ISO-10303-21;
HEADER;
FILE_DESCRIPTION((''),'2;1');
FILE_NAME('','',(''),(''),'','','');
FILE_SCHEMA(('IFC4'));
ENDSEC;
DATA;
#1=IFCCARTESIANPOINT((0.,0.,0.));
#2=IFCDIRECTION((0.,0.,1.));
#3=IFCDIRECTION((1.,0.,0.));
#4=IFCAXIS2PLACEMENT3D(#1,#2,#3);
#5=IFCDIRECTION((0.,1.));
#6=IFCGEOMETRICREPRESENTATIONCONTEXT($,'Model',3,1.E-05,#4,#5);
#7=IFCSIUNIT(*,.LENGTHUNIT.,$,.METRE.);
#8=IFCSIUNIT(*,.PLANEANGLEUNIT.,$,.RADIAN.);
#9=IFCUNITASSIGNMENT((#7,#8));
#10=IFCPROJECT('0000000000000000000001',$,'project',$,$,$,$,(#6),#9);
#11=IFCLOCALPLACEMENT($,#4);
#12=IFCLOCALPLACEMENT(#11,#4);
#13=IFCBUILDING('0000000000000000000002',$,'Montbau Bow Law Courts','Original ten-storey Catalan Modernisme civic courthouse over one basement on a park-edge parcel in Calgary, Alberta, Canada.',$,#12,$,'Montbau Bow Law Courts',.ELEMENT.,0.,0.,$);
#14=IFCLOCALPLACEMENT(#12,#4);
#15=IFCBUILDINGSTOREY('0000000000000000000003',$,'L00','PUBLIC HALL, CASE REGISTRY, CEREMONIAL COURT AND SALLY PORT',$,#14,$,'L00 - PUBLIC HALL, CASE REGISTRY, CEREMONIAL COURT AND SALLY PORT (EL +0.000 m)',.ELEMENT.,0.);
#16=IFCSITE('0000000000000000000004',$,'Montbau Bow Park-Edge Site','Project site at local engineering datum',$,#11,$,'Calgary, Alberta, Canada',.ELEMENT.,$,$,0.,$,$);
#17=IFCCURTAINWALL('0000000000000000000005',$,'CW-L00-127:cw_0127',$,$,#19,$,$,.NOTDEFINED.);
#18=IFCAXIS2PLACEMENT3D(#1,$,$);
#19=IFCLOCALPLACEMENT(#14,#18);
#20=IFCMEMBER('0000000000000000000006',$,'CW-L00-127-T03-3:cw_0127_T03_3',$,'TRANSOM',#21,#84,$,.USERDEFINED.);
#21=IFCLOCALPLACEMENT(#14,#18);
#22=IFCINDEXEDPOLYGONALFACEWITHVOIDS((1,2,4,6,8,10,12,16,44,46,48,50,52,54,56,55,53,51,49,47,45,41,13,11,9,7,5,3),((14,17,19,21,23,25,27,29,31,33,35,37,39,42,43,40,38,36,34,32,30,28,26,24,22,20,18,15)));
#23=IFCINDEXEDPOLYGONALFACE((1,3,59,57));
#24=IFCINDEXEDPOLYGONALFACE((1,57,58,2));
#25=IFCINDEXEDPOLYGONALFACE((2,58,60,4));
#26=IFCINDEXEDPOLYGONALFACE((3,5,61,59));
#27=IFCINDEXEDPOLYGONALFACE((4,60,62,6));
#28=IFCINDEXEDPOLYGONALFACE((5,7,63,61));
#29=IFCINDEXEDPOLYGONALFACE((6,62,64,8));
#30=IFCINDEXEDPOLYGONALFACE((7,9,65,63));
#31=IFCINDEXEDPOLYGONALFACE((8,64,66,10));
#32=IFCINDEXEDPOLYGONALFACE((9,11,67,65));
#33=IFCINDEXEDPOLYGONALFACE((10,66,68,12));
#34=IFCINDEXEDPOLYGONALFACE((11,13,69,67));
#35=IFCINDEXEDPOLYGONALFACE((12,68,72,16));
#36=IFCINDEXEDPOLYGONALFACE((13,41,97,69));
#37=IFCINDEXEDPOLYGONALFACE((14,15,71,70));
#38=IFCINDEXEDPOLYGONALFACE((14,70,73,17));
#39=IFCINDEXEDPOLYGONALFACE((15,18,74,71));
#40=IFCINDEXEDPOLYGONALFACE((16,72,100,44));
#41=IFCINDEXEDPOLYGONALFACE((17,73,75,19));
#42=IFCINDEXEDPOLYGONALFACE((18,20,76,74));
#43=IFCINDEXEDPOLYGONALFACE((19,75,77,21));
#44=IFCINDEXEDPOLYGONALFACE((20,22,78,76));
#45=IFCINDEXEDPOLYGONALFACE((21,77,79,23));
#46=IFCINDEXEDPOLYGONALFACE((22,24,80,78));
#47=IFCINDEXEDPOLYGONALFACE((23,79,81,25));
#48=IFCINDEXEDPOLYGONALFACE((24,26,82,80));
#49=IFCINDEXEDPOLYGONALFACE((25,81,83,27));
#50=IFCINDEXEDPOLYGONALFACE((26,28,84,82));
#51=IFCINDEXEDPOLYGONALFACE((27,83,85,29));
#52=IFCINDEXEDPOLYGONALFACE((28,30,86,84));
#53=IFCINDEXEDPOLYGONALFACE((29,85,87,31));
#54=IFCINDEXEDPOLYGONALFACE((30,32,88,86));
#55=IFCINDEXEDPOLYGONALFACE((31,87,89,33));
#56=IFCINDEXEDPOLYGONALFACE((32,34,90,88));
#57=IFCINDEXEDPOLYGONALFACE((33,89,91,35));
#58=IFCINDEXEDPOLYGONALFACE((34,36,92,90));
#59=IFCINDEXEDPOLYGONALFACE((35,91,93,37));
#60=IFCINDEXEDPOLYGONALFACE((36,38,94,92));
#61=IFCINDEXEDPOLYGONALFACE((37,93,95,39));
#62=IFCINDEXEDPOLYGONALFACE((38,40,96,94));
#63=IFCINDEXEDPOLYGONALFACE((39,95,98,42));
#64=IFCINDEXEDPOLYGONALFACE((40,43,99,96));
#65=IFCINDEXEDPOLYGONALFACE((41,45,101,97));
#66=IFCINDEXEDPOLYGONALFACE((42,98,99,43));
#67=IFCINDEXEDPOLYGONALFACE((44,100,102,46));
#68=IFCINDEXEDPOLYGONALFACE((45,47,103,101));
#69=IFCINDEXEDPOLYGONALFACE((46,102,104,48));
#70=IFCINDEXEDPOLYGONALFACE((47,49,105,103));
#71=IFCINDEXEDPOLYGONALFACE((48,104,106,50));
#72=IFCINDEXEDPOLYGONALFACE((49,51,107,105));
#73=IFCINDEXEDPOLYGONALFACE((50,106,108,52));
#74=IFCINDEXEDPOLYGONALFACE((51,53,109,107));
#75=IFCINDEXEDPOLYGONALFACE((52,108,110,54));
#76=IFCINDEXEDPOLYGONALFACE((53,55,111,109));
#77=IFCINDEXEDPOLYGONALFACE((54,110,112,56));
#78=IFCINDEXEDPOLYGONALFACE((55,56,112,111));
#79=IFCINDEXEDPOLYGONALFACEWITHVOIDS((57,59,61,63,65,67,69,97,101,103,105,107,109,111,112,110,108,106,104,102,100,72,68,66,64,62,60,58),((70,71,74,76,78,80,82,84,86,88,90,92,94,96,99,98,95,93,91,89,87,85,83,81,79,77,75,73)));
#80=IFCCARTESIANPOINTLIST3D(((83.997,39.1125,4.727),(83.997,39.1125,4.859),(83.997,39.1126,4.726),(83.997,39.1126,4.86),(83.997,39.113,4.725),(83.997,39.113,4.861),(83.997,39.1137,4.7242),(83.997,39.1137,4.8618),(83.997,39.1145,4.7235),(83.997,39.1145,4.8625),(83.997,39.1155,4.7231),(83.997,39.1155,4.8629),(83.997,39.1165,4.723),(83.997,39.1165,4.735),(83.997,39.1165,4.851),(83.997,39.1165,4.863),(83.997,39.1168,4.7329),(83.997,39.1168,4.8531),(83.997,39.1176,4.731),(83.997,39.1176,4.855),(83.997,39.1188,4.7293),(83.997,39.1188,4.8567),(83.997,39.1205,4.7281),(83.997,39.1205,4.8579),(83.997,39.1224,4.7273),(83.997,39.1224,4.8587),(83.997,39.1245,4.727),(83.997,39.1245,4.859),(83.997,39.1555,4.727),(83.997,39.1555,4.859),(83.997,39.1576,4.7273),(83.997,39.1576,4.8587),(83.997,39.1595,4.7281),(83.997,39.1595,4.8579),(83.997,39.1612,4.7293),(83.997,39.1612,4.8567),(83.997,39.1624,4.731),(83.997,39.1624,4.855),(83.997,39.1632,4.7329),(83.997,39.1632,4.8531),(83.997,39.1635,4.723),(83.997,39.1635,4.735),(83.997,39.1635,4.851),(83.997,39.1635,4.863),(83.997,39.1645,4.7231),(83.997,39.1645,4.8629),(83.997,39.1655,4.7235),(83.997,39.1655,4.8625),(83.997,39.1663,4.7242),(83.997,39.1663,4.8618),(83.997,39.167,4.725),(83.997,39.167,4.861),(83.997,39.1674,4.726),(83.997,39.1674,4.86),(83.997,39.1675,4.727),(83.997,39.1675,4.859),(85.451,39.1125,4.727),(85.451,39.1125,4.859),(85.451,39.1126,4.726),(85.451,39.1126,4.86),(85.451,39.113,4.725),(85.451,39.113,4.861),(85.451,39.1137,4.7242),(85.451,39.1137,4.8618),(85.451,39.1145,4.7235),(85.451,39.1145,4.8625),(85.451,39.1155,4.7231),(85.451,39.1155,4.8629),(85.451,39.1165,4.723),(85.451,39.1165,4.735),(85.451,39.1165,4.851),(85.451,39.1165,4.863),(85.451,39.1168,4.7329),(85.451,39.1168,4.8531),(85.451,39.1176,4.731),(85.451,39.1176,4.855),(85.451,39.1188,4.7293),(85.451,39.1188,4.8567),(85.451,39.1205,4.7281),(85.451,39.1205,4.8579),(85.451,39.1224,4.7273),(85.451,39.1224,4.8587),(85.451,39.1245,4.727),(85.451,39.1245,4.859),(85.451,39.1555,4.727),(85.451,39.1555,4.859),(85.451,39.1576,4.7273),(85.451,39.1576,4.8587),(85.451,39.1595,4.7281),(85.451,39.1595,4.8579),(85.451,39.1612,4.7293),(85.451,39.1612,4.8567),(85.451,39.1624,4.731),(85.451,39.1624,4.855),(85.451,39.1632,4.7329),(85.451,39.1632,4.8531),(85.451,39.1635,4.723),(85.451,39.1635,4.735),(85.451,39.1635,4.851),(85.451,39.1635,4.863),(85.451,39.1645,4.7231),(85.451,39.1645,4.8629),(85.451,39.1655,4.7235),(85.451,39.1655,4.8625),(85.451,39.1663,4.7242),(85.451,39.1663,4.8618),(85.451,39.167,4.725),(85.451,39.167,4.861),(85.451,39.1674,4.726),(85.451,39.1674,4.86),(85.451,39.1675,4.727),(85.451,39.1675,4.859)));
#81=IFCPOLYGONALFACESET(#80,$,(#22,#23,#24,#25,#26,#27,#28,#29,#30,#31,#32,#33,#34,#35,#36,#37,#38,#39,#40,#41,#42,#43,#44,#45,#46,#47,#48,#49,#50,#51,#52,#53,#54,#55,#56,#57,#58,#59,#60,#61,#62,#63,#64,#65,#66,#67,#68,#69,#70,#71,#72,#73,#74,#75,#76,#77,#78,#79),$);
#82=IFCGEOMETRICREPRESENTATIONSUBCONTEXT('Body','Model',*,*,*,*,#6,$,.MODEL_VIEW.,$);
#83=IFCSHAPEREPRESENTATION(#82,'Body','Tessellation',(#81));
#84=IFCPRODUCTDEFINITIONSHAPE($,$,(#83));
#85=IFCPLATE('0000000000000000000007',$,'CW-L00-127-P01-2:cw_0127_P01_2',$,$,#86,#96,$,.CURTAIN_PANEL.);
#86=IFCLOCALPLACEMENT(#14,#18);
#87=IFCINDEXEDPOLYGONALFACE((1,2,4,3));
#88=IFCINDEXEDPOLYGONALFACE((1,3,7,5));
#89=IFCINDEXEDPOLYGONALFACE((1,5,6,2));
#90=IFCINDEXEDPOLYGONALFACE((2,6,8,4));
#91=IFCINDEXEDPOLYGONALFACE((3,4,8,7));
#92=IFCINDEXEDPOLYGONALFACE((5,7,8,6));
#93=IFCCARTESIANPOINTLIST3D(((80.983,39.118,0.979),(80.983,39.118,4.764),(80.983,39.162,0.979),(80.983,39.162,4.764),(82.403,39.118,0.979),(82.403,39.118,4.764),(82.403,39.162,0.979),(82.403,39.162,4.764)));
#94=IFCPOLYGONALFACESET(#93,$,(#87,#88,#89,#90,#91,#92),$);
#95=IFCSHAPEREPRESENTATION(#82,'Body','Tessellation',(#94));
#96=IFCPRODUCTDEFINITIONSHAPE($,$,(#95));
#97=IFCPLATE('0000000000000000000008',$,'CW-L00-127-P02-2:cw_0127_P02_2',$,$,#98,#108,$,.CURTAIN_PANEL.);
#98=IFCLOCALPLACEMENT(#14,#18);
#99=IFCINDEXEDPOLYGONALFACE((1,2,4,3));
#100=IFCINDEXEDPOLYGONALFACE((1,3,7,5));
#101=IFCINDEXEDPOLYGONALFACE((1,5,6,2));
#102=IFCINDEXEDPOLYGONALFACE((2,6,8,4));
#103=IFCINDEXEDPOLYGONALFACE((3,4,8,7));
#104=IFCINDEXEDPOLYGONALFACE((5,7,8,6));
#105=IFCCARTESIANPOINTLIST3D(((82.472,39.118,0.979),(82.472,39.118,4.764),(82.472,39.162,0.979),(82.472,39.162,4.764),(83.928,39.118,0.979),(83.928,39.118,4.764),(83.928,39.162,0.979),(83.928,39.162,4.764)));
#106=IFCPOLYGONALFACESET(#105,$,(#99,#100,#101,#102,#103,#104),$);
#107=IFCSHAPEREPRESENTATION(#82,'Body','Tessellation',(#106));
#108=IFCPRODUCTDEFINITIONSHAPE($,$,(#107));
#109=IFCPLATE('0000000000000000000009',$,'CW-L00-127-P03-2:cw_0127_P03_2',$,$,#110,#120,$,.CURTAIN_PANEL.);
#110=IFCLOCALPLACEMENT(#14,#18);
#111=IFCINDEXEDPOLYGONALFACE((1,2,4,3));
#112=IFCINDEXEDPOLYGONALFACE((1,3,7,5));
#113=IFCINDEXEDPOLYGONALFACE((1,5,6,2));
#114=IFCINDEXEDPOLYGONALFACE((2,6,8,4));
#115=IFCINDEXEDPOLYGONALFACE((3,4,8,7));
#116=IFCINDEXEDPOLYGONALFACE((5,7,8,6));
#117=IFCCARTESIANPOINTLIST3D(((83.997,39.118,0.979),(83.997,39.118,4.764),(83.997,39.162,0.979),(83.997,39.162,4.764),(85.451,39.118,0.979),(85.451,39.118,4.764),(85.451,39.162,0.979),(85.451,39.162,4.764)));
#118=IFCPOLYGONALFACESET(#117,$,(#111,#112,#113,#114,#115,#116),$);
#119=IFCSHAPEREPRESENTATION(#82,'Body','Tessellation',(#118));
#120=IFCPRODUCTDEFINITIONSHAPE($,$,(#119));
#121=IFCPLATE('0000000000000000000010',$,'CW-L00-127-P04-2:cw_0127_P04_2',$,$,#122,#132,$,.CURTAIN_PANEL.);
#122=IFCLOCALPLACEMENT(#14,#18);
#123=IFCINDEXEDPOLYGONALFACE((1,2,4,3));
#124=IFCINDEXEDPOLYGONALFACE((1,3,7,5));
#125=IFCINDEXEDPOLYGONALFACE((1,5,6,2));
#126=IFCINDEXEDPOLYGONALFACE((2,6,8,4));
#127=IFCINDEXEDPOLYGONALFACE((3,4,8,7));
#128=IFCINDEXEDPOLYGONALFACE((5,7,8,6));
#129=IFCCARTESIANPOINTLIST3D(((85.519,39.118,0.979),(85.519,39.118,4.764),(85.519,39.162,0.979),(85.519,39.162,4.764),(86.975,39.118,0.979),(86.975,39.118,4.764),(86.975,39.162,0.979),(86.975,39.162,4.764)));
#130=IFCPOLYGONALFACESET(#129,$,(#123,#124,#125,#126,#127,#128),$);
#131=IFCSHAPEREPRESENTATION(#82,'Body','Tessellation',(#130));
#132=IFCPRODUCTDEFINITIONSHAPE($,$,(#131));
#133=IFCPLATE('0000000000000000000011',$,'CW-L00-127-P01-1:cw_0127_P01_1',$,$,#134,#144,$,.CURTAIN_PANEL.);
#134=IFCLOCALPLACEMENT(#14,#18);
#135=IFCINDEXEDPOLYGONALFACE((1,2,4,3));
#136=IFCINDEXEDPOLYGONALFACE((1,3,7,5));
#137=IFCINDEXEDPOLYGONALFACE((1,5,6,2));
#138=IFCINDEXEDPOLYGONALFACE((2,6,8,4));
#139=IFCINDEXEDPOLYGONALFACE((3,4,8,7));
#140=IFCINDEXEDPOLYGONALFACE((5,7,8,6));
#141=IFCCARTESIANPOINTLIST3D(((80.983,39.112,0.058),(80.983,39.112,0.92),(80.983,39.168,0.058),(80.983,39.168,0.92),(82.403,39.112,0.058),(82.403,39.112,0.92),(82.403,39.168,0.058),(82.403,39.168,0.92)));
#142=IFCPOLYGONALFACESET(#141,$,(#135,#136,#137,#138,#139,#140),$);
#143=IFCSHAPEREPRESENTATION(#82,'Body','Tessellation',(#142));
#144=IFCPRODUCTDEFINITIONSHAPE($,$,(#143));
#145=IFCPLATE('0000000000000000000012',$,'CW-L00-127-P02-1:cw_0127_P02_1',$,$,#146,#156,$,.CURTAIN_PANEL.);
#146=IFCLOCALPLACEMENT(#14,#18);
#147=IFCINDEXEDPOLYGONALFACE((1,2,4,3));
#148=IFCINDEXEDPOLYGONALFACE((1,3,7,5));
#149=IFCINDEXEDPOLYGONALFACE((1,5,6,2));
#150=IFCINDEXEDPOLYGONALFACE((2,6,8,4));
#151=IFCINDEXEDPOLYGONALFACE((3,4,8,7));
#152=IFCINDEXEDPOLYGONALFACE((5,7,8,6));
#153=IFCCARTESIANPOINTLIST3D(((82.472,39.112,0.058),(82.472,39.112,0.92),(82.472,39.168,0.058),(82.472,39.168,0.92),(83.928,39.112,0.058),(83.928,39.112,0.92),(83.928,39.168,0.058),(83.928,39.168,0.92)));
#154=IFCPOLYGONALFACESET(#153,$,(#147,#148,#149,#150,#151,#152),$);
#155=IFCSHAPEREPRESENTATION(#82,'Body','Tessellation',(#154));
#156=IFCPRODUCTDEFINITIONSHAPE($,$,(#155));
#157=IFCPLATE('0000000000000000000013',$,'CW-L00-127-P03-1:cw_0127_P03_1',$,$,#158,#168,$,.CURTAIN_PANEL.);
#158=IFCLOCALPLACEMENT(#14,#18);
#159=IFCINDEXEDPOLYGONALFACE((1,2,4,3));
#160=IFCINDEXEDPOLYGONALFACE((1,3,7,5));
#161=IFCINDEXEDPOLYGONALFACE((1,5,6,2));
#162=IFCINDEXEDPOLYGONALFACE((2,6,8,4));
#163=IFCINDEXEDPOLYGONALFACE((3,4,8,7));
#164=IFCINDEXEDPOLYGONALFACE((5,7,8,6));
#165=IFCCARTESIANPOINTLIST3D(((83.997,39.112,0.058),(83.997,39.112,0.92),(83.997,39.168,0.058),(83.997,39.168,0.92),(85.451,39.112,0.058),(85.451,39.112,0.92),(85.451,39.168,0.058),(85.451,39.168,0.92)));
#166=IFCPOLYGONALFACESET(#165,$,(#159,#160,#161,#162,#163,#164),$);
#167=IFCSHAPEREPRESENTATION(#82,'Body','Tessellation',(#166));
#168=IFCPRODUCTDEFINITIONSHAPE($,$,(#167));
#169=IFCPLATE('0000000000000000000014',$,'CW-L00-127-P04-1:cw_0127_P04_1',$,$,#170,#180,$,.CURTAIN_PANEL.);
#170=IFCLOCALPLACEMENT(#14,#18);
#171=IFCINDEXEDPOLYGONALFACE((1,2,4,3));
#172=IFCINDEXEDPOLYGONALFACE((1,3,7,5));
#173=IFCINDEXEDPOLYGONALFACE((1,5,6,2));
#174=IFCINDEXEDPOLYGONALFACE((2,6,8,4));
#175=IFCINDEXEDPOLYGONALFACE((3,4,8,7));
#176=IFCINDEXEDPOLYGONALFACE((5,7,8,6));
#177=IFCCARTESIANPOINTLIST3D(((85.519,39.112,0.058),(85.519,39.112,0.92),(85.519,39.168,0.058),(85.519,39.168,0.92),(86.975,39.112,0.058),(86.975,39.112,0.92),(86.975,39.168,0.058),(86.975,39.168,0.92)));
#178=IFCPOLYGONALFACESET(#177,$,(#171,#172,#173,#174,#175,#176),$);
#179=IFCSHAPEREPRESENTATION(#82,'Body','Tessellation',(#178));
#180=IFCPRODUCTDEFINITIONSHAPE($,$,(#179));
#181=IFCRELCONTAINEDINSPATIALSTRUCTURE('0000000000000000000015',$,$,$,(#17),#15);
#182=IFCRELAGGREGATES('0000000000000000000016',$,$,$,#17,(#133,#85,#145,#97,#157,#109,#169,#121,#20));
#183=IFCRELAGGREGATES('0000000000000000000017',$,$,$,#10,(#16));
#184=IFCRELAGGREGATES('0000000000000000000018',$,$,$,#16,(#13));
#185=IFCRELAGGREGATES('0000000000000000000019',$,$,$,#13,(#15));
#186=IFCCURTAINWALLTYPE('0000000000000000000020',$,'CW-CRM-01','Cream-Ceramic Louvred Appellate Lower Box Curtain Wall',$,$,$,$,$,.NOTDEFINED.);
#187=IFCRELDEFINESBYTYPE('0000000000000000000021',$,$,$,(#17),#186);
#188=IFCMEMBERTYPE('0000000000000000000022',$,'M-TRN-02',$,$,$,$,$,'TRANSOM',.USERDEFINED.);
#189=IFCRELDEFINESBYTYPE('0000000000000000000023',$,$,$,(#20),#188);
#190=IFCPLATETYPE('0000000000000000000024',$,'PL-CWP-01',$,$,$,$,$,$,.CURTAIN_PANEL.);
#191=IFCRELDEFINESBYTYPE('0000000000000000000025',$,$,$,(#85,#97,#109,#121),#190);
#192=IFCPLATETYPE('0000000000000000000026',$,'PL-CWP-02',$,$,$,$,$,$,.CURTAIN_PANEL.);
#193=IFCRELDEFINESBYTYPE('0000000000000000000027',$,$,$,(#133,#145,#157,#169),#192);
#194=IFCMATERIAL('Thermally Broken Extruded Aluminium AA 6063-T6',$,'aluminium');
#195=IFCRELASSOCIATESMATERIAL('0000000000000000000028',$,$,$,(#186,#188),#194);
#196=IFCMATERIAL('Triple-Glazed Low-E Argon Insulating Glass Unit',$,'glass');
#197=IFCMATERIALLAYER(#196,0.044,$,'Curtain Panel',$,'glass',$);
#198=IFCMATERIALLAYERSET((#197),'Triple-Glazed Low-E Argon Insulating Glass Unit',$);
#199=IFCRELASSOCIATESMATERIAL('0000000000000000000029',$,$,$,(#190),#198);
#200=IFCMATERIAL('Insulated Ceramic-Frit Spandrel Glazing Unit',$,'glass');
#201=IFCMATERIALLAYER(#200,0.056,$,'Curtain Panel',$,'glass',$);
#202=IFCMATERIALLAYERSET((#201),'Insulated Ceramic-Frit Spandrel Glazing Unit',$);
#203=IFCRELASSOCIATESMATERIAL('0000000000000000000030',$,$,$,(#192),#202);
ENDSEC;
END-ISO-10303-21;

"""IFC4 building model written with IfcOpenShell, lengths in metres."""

from ifc_helpers import new_model, si_unit, direction, frame, frame_2d, origin_with_axes, origin_2d_with_axis, place, context, subcontext, project, spatial, rectangle, hollow_rectangle, extrude, material, layer, layer_set, material_profile, profile_set, type_object, element, aggregate, save


model = new_model("IFC4")

# Units and contexts
model_context = context("Model", 3, precision=1e-05, world=origin_with_axes(), true_north=direction((0.0, 1.0)))
body_context = subcontext(model_context, "Body", "Model", "MODEL_VIEW")
ifc_project = project(units=[si_unit("LENGTHUNIT", "METRE"), si_unit("PLANEANGLEUNIT", "RADIAN")], contexts=[model_context])

# Site, building, storey
site_placement = place(None, origin_with_axes())
site = spatial("IfcSite", under=ifc_project, at=site_placement, Name="Montbau Bow Park-Edge Site", Description="Project site at local engineering datum", LongName="Calgary, Alberta, Canada", CompositionType="ELEMENT", RefElevation=0.0)
building_placement = place(site_placement, origin_with_axes())
building = spatial("IfcBuilding", under=site, at=building_placement, Name="Montbau Bow Law Courts", Description="Original ten-storey Catalan Modernisme civic courthouse over one basement on a park-edge parcel in Calgary, Alberta, Canada.", LongName="Montbau Bow Law Courts", CompositionType="ELEMENT", ElevationOfRefHeight=0.0, ElevationOfTerrain=0.0)
storey_placement = place(building_placement, origin_with_axes())
storey = spatial("IfcBuildingStorey", under=building, at=storey_placement, Name="L00", Description="PUBLIC HALL, CASE REGISTRY, CEREMONIAL COURT AND SALLY PORT", LongName="L00 - PUBLIC HALL, CASE REGISTRY, CEREMONIAL COURT AND SALLY PORT (EL +0.000 m)", CompositionType="ELEMENT", Elevation=0.0)

# Curtain wall, member, plates
ifc_material_1 = material(Name="Thermally Broken Extruded Aluminium AA 6063-T6", Category="aluminium")
curtain_wall_type = type_object("IfcCurtainWallType", Name="CW-CRM-01", Description="Cream-Ceramic Louvred Appellate Lower Box Curtain Wall", PredefinedType="NOTDEFINED", material=ifc_material_1)
curtain_wall_placement = place(None, frame((80.915, 39.14, 0.0), z_axis=(0.0, 0.0, 1.0), x_axis=(1.0, 0.0, 0.0)))
curtain_wall = element("IfcCurtainWall", 1, at=curtain_wall_placement, inside=storey, type_object=curtain_wall_type, Name="CW-L00-127:cw_0127", PredefinedType="NOTDEFINED")
ifc_material_profile_1 = material_profile(ifc_material_1, hollow_rectangle(XDim=0.055, YDim=0.14, WallThickness=0.004, InnerFilletRadius=0.008, OuterFilletRadius=0.004, at=origin_2d_with_axis()), Name="CWT-140X55", Category="Main", Priority=0)
ifc_profile_set_1 = profile_set([ifc_material_profile_1], Name="Thermally Broken Extruded Aluminium AA 6063-T6")
member_type_1 = type_object("IfcMemberType", Name="M-TRN-02", ElementType="TRANSOM", PredefinedType="USERDEFINED", material=ifc_profile_set_1)
member_1_placement = place(None, frame((83.997, 39.14, 4.793), z_axis=(1.0, 0.0, 0.0), x_axis=(0.0, 1.0, 0.0)))
member_1 = element("IfcMember", 2, at=member_1_placement, type_object=member_type_1, Name="CW-L00-127-T03-3:cw_0127_T03_3", ObjectType="TRANSOM", PredefinedType="USERDEFINED", context=body_context, shape_type="SweptSolid", body=[
    extrude(hollow_rectangle(XDim=0.055, YDim=0.14, WallThickness=0.004, InnerFilletRadius=0.008, OuterFilletRadius=0.004, at=origin_2d_with_axis()), origin_with_axes(), (0.0, 0.0, 1.0), 1.454),
])
ifc_material_2 = material(Name="Triple-Glazed Low-E Argon Insulating Glass Unit", Category="glass")
ifc_layer_1 = layer(ifc_material_2, 0.044, Name="Curtain Panel", Category="glass")
ifc_layer_set_1 = layer_set([ifc_layer_1], Name="Triple-Glazed Low-E Argon Insulating Glass Unit")
plate_type_1 = type_object("IfcPlateType", Name="PL-CWP-01", PredefinedType="CURTAIN_PANEL", material=ifc_layer_set_1)
plate_1_placement = place(None, frame((80.983, 39.14, 0.979), z_axis=(0.0, -1.0, 0.0), x_axis=(1.0, 0.0, 0.0)))
plate_1 = element("IfcPlate", 3, at=plate_1_placement, type_object=plate_type_1, Name="CW-L00-127-P01-2:cw_0127_P01_2", PredefinedType="CURTAIN_PANEL", context=body_context, shape_type="SweptSolid", body=[
    extrude(rectangle(XDim=1.42, YDim=3.785, at=frame_2d((0.71, 1.8925), x_axis=(1.0, 0.0))), frame((0.0, 0.0, -0.022), z_axis=(0.0, 0.0, 1.0), x_axis=(1.0, 0.0, 0.0)), (0.0, 0.0, 1.0), 0.044),
])
plate_2_placement = place(None, frame((82.472, 39.14, 0.979), z_axis=(0.0, -1.0, 0.0), x_axis=(1.0, 0.0, 0.0)))
plate_2 = element("IfcPlate", 4, at=plate_2_placement, type_object=plate_type_1, Name="CW-L00-127-P02-2:cw_0127_P02_2", PredefinedType="CURTAIN_PANEL", context=body_context, shape_type="SweptSolid", body=[
    extrude(rectangle(XDim=1.456, YDim=3.785, at=frame_2d((0.728, 1.8925), x_axis=(1.0, 0.0))), frame((0.0, 0.0, -0.022), z_axis=(0.0, 0.0, 1.0), x_axis=(1.0, 0.0, 0.0)), (0.0, 0.0, 1.0), 0.044),
])
plate_3_placement = place(None, frame((83.997, 39.14, 0.979), z_axis=(0.0, -1.0, 0.0), x_axis=(1.0, 0.0, 0.0)))
plate_3 = element("IfcPlate", 5, at=plate_3_placement, type_object=plate_type_1, Name="CW-L00-127-P03-2:cw_0127_P03_2", PredefinedType="CURTAIN_PANEL", context=body_context, shape_type="SweptSolid", body=[
    extrude(rectangle(XDim=1.454, YDim=3.785, at=frame_2d((0.727, 1.8925), x_axis=(1.0, 0.0))), frame((0.0, 0.0, -0.022), z_axis=(0.0, 0.0, 1.0), x_axis=(1.0, 0.0, 0.0)), (0.0, 0.0, 1.0), 0.044),
])
plate_4_placement = place(None, frame((85.519, 39.14, 0.979), z_axis=(0.0, -1.0, 0.0), x_axis=(1.0, 0.0, 0.0)))
plate_4 = element("IfcPlate", 6, at=plate_4_placement, type_object=plate_type_1, Name="CW-L00-127-P04-2:cw_0127_P04_2", PredefinedType="CURTAIN_PANEL", context=body_context, shape_type="SweptSolid", body=[
    extrude(rectangle(XDim=1.456, YDim=3.785, at=frame_2d((0.728, 1.8925), x_axis=(1.0, 0.0))), frame((0.0, 0.0, -0.022), z_axis=(0.0, 0.0, 1.0), x_axis=(1.0, 0.0, 0.0)), (0.0, 0.0, 1.0), 0.044),
])
ifc_material_3 = material(Name="Insulated Ceramic-Frit Spandrel Glazing Unit", Category="glass")
ifc_layer_2 = layer(ifc_material_3, 0.056, Name="Curtain Panel", Category="glass")
ifc_layer_set_2 = layer_set([ifc_layer_2], Name="Insulated Ceramic-Frit Spandrel Glazing Unit")
plate_type_2 = type_object("IfcPlateType", Name="PL-CWP-02", PredefinedType="CURTAIN_PANEL", material=ifc_layer_set_2)
plate_5_placement = place(None, frame((80.983, 39.14, 0.058), z_axis=(0.0, -1.0, 0.0), x_axis=(1.0, 0.0, 0.0)))
plate_5 = element("IfcPlate", 7, at=plate_5_placement, type_object=plate_type_2, Name="CW-L00-127-P01-1:cw_0127_P01_1", PredefinedType="CURTAIN_PANEL", context=body_context, shape_type="SweptSolid", body=[
    extrude(rectangle(XDim=1.42, YDim=0.862, at=frame_2d((0.71, 0.431), x_axis=(1.0, 0.0))), frame((0.0, 0.0, -0.028), z_axis=(0.0, 0.0, 1.0), x_axis=(1.0, 0.0, 0.0)), (0.0, 0.0, 1.0), 0.056),
])
plate_6_placement = place(None, frame((82.472, 39.14, 0.058), z_axis=(0.0, -1.0, 0.0), x_axis=(1.0, 0.0, 0.0)))
plate_6 = element("IfcPlate", 8, at=plate_6_placement, type_object=plate_type_2, Name="CW-L00-127-P02-1:cw_0127_P02_1", PredefinedType="CURTAIN_PANEL", context=body_context, shape_type="SweptSolid", body=[
    extrude(rectangle(XDim=1.456, YDim=0.862, at=frame_2d((0.728, 0.431), x_axis=(1.0, 0.0))), frame((0.0, 0.0, -0.028), z_axis=(0.0, 0.0, 1.0), x_axis=(1.0, 0.0, 0.0)), (0.0, 0.0, 1.0), 0.056),
])
plate_7_placement = place(None, frame((83.997, 39.14, 0.058), z_axis=(0.0, -1.0, 0.0), x_axis=(1.0, 0.0, 0.0)))
plate_7 = element("IfcPlate", 9, at=plate_7_placement, type_object=plate_type_2, Name="CW-L00-127-P03-1:cw_0127_P03_1", PredefinedType="CURTAIN_PANEL", context=body_context, shape_type="SweptSolid", body=[
    extrude(rectangle(XDim=1.454, YDim=0.862, at=frame_2d((0.727, 0.431), x_axis=(1.0, 0.0))), frame((0.0, 0.0, -0.028), z_axis=(0.0, 0.0, 1.0), x_axis=(1.0, 0.0, 0.0)), (0.0, 0.0, 1.0), 0.056),
])
plate_8_placement = place(None, frame((85.519, 39.14, 0.058), z_axis=(0.0, -1.0, 0.0), x_axis=(1.0, 0.0, 0.0)))
plate_8 = element("IfcPlate", 10, at=plate_8_placement, type_object=plate_type_2, Name="CW-L00-127-P04-1:cw_0127_P04_1", PredefinedType="CURTAIN_PANEL", context=body_context, shape_type="SweptSolid", body=[
    extrude(rectangle(XDim=1.456, YDim=0.862, at=frame_2d((0.728, 0.431), x_axis=(1.0, 0.0))), frame((0.0, 0.0, -0.028), z_axis=(0.0, 0.0, 1.0), x_axis=(1.0, 0.0, 0.0)), (0.0, 0.0, 1.0), 0.056),
])
aggregate(curtain_wall, [plate_5, plate_1, plate_6, plate_2, plate_7, plate_3, plate_8, plate_4, member_1])

save(model, "model.ifc")
